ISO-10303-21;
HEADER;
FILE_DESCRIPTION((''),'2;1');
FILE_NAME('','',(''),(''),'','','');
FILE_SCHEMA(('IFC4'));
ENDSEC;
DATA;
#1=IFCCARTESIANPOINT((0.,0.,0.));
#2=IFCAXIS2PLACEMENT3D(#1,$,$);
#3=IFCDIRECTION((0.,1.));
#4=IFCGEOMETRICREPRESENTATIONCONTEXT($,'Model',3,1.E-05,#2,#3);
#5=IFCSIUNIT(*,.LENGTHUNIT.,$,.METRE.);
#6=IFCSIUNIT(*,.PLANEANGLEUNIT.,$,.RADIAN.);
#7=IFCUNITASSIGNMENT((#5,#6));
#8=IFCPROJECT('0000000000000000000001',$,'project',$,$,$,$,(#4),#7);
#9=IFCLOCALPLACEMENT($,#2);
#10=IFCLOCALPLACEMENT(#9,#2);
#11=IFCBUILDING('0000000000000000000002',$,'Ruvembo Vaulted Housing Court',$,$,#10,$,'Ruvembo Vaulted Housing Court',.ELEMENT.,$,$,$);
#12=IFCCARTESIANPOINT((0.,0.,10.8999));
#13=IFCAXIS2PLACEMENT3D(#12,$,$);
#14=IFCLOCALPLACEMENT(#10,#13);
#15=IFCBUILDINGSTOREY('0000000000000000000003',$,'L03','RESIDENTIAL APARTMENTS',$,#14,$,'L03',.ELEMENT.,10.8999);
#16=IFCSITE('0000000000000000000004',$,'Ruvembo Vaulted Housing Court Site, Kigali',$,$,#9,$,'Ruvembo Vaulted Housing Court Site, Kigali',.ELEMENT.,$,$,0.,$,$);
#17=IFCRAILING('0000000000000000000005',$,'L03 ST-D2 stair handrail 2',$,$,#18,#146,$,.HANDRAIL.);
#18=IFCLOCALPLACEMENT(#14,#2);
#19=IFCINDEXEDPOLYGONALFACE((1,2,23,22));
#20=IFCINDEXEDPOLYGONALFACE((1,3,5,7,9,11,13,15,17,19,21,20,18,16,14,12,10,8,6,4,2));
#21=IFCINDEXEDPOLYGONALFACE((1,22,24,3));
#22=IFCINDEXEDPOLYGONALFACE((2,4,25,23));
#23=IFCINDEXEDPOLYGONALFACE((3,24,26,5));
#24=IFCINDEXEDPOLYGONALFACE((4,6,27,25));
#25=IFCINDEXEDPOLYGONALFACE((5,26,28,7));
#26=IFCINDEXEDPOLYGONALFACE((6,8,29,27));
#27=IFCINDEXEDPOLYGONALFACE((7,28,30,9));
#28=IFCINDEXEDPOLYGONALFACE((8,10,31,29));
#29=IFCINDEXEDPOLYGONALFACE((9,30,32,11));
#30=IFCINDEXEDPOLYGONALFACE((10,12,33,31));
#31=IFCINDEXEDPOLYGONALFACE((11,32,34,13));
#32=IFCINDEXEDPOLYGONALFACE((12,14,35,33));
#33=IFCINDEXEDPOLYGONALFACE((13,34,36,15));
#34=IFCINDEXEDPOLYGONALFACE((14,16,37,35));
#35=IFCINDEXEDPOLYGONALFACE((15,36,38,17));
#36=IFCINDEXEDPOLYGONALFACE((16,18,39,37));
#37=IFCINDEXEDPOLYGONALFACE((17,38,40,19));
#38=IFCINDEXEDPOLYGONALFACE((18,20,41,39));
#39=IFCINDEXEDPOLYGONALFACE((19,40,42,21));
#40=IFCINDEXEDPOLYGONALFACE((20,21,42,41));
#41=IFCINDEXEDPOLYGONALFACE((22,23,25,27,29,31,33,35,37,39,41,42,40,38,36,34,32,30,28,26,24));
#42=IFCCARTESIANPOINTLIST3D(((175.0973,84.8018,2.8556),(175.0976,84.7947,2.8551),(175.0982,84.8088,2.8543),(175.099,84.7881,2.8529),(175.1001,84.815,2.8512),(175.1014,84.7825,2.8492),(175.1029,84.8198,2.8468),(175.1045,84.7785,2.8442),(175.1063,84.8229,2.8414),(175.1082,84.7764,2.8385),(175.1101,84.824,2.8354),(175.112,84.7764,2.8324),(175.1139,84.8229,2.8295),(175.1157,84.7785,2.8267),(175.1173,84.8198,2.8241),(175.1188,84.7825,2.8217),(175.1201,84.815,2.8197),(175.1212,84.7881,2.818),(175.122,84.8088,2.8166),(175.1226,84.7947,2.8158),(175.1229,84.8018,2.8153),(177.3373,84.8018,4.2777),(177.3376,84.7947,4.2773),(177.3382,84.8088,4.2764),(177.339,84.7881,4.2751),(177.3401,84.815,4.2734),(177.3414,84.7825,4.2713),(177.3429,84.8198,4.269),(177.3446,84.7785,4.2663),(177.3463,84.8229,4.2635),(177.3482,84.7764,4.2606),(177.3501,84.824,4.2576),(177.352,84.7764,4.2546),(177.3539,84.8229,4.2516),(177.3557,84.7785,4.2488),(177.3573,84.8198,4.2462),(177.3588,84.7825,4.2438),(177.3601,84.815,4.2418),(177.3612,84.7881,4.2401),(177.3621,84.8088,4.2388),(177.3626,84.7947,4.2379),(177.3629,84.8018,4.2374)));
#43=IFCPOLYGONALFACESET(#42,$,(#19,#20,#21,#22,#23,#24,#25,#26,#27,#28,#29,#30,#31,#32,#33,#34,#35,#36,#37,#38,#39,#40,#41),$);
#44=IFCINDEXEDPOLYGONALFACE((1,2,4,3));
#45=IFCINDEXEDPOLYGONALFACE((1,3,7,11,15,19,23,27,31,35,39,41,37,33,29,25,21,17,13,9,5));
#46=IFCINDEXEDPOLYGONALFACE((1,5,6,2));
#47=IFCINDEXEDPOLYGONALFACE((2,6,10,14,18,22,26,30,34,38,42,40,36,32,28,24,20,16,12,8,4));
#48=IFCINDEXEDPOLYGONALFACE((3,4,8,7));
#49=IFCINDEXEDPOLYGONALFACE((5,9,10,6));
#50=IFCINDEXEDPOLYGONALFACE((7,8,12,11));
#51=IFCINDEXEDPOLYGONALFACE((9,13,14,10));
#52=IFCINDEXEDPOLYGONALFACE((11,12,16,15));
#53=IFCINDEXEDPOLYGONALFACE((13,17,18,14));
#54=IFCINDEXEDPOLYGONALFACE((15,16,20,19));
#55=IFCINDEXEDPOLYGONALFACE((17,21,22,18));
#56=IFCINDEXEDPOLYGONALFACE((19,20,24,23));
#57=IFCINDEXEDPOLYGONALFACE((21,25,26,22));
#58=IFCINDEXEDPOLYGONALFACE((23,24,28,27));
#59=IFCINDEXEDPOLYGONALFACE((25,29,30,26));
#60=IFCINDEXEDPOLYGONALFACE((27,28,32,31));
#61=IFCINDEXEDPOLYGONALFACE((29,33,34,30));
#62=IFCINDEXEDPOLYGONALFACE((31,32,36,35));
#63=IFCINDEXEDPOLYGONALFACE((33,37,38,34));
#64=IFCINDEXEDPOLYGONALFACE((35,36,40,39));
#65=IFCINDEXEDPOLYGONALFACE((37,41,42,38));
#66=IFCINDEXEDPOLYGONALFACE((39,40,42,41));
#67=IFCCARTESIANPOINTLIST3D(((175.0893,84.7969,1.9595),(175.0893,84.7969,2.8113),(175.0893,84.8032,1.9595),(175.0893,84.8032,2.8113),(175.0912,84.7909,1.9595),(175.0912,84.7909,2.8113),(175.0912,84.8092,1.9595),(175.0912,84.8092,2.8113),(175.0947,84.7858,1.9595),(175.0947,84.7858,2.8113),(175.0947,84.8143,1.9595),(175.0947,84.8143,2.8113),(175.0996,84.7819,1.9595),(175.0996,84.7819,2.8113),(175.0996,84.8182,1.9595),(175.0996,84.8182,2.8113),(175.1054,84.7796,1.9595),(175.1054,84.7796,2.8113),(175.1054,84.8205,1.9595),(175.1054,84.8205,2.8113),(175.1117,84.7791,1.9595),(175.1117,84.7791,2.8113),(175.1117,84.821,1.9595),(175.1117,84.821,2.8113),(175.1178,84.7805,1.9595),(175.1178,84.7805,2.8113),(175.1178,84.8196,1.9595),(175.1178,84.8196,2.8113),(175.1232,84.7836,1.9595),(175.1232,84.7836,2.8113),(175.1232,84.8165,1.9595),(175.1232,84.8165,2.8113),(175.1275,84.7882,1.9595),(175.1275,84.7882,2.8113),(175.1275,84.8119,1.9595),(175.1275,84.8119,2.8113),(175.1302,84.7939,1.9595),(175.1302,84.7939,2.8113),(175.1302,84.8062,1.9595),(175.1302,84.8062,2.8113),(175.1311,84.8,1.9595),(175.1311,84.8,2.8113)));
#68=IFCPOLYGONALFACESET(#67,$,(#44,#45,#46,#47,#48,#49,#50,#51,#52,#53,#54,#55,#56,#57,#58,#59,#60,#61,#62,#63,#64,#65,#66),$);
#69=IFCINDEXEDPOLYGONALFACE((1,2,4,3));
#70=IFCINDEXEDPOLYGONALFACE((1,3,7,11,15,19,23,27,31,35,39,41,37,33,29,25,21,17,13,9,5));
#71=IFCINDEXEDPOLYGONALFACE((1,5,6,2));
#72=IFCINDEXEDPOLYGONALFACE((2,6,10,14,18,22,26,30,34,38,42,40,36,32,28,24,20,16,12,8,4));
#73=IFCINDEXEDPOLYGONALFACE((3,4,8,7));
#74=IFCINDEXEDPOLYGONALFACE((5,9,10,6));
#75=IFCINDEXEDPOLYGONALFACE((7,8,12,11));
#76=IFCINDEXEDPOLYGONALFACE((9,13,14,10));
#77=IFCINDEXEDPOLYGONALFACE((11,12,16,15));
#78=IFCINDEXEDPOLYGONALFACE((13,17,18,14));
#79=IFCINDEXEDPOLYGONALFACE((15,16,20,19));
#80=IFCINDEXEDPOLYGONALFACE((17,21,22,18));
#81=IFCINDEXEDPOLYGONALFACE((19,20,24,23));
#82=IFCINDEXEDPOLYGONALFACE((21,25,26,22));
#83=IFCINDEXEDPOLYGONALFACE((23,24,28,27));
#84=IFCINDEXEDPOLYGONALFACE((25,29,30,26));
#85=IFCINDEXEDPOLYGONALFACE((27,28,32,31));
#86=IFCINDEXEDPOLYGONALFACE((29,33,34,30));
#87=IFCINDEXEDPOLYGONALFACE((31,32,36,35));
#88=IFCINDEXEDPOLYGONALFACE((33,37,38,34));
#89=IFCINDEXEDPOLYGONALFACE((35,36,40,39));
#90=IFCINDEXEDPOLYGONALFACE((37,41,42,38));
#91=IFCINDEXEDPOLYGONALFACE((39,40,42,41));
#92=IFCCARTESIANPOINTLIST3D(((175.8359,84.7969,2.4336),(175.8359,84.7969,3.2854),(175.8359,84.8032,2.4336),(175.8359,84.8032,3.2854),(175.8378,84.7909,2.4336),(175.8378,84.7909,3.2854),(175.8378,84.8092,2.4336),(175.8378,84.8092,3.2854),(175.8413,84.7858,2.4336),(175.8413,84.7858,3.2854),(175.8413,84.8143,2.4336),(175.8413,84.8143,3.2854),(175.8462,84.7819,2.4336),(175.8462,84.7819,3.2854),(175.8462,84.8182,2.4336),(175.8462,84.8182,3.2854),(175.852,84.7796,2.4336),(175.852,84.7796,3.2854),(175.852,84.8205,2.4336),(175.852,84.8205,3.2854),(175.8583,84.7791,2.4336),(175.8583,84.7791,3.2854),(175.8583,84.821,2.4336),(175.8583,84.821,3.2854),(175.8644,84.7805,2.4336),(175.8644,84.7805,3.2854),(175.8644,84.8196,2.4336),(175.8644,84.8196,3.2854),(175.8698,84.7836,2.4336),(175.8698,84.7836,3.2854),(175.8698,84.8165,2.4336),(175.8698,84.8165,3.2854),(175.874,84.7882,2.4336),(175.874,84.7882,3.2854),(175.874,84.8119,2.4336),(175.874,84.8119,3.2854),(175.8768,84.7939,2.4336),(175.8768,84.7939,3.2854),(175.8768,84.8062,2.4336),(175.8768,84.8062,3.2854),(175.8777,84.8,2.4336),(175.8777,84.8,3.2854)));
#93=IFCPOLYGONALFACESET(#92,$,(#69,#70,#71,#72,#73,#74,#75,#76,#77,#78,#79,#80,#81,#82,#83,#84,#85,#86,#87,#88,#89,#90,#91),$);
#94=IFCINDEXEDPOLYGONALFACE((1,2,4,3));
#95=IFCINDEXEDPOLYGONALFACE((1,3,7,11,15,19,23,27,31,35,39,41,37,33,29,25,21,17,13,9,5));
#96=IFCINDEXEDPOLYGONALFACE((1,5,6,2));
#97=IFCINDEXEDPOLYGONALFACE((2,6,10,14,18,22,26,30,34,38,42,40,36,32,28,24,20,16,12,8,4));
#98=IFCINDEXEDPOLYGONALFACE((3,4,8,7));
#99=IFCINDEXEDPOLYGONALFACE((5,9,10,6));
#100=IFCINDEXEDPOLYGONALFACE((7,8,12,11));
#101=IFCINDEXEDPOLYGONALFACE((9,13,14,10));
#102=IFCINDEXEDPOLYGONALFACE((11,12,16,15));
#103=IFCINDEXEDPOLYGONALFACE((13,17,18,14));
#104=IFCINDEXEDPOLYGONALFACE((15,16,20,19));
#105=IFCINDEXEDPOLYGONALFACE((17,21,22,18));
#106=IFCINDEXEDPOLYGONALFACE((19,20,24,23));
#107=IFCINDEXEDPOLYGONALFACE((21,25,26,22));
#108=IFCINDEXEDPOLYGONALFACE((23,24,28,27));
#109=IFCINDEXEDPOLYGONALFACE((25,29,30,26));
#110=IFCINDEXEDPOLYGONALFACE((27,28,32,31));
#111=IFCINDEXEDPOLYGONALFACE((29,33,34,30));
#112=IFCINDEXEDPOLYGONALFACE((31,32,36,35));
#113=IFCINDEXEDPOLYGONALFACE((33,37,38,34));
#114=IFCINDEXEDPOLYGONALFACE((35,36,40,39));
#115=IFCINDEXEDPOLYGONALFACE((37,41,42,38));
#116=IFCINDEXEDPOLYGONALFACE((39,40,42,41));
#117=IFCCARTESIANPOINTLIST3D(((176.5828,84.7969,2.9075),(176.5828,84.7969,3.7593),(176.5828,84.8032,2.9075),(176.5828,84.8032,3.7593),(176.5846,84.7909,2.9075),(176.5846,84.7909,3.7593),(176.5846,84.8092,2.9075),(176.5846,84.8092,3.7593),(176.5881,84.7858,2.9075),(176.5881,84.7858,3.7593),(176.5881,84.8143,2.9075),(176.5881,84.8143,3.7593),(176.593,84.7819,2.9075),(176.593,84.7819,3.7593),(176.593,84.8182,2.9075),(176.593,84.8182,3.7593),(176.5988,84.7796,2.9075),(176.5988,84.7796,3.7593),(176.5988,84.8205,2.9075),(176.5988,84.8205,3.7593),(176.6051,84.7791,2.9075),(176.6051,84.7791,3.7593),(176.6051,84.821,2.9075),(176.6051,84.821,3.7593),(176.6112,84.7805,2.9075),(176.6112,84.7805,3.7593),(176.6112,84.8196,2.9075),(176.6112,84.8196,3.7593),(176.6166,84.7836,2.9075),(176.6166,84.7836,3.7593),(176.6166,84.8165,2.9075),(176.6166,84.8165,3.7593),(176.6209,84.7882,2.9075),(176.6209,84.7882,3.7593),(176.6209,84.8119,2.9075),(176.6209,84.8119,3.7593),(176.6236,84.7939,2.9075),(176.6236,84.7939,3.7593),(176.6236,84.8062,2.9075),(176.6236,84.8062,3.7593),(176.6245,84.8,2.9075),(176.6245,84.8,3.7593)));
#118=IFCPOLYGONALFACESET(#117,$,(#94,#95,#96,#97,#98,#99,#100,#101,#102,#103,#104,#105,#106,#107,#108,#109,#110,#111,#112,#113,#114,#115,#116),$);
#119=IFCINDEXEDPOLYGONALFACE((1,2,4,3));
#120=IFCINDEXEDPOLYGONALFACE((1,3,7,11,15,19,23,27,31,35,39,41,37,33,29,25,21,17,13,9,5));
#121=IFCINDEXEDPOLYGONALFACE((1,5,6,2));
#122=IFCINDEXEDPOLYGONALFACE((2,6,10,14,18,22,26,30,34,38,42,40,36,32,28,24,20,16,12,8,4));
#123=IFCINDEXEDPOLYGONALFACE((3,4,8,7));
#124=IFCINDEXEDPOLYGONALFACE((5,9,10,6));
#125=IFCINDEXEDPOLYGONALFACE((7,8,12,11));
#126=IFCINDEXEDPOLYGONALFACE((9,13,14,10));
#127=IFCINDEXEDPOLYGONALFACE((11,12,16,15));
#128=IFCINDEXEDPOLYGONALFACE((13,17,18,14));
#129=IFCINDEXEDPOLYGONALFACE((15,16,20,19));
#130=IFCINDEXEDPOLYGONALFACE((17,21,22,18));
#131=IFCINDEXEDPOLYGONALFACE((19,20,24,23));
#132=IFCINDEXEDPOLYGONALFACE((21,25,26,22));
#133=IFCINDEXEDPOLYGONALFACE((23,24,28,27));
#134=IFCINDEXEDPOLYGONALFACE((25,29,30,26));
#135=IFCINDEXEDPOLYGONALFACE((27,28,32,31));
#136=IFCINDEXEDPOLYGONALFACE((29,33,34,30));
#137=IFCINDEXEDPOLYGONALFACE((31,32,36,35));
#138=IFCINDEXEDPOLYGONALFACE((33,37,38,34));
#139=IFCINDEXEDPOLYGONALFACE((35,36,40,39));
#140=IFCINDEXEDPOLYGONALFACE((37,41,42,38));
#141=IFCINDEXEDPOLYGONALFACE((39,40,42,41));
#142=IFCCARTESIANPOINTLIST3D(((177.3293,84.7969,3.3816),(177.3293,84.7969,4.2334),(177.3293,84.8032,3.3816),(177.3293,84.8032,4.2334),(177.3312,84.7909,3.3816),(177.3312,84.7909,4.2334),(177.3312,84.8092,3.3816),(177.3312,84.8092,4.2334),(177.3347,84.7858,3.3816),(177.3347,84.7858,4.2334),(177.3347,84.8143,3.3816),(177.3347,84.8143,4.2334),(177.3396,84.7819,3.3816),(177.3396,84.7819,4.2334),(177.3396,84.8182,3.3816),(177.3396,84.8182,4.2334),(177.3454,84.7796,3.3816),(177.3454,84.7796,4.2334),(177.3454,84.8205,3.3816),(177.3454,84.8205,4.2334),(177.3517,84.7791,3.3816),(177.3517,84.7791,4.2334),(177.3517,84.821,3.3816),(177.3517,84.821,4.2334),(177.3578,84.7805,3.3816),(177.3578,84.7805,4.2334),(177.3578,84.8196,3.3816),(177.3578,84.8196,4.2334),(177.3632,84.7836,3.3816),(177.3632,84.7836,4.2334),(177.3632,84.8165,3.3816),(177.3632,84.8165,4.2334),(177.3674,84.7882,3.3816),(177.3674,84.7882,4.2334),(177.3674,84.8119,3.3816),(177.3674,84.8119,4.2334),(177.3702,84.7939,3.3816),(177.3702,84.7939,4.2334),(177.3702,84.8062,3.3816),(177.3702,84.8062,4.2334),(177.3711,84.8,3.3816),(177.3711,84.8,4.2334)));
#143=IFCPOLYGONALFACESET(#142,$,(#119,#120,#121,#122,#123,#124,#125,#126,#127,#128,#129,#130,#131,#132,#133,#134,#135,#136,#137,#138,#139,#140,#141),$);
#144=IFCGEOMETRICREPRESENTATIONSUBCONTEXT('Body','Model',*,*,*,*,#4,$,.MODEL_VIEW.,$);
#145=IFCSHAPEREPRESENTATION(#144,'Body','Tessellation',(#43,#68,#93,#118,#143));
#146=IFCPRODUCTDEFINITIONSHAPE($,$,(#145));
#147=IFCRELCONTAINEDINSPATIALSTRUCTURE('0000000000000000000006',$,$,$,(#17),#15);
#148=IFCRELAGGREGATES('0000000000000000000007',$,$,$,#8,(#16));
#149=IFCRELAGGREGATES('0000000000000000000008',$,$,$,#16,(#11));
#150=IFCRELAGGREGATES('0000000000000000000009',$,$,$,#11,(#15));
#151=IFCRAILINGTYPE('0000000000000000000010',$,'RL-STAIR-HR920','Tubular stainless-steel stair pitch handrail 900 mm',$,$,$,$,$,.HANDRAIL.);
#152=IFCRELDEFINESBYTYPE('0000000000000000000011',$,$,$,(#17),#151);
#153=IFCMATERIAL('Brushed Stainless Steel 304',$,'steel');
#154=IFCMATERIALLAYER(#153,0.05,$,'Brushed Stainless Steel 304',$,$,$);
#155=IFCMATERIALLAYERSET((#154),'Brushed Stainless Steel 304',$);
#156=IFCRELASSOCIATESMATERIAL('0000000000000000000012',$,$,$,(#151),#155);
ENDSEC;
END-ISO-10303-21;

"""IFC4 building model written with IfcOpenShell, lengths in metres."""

from ifc_helpers import new_model, si_unit, direction, frame, origin, origin_2d, place, context, subcontext, project, spatial, circle, extrude, material, layer, layer_set, type_object, element, save


model = new_model("IFC4")

# Units and contexts
model_context = context("Model", 3, precision=1e-05, world=origin(), true_north=direction((0.0, 1.0)))
body_context = subcontext(model_context, "Body", "Model", "MODEL_VIEW")
ifc_project = project(units=[si_unit("LENGTHUNIT", "METRE"), si_unit("PLANEANGLEUNIT", "RADIAN")], contexts=[model_context])

# Site, building, storey
site_placement = place(None, origin())
site = spatial("IfcSite", under=ifc_project, at=site_placement, Name="Ruvembo Vaulted Housing Court Site, Kigali", LongName="Ruvembo Vaulted Housing Court Site, Kigali", CompositionType="ELEMENT", RefElevation=0.0)
building_placement = place(site_placement, origin())
building = spatial("IfcBuilding", under=site, at=building_placement, Name="Ruvembo Vaulted Housing Court", LongName="Ruvembo Vaulted Housing Court", CompositionType="ELEMENT")
storey_placement = place(building_placement, frame((0.0, 0.0, 10.8999)))
storey = spatial("IfcBuildingStorey", under=building, at=storey_placement, Name="L03", Description="RESIDENTIAL APARTMENTS", LongName="L03", CompositionType="ELEMENT", Elevation=10.8999)

# Railing
ifc_material_1 = material(Name="Brushed Stainless Steel 304", Category="steel")
ifc_layer_1 = layer(ifc_material_1, 0.05, Name="Brushed Stainless Steel 304")
ifc_layer_set_1 = layer_set([ifc_layer_1], Name="Brushed Stainless Steel 304")
railing_type_1 = type_object("IfcRailingType", Name="RL-STAIR-HR920", Description="Tubular stainless-steel stair pitch handrail 900 mm", PredefinedType="HANDRAIL", material=ifc_layer_set_1)
railing_1_placement = place(storey_placement, frame((175.1101, 84.8, 1.9595)))
element("IfcRailing", 1, at=railing_1_placement, inside=storey, type_object=railing_type_1, Name="L03 ST-D2 stair handrail 2", PredefinedType="HANDRAIL", context=body_context, shape_type="SweptSolid", body=[
    extrude(circle(Radius=0.0239, at=origin_2d()), frame((0.0, 0.0, 0.876), z_axis=(0.844229, 0.0, 0.535982), x_axis=(0.0, 1.0, 0.0)), (0.0, 0.0, 1.0), 2.6533),
    extrude(circle(Radius=0.021, at=origin_2d()), origin(), (0.0, 0.0, 1.0), 0.8518),
    extrude(circle(Radius=0.021, at=origin_2d()), frame((0.7466, 0.0, 0.4741)), (0.0, 0.0, 1.0), 0.8518),
    extrude(circle(Radius=0.021, at=origin_2d()), frame((1.4934, 0.0, 0.948)), (0.0, 0.0, 1.0), 0.8518),
    extrude(circle(Radius=0.021, at=origin_2d()), frame((2.24, 0.0, 1.4221)), (0.0, 0.0, 1.0), 0.8518),
])

save(model, "model.ifc")
